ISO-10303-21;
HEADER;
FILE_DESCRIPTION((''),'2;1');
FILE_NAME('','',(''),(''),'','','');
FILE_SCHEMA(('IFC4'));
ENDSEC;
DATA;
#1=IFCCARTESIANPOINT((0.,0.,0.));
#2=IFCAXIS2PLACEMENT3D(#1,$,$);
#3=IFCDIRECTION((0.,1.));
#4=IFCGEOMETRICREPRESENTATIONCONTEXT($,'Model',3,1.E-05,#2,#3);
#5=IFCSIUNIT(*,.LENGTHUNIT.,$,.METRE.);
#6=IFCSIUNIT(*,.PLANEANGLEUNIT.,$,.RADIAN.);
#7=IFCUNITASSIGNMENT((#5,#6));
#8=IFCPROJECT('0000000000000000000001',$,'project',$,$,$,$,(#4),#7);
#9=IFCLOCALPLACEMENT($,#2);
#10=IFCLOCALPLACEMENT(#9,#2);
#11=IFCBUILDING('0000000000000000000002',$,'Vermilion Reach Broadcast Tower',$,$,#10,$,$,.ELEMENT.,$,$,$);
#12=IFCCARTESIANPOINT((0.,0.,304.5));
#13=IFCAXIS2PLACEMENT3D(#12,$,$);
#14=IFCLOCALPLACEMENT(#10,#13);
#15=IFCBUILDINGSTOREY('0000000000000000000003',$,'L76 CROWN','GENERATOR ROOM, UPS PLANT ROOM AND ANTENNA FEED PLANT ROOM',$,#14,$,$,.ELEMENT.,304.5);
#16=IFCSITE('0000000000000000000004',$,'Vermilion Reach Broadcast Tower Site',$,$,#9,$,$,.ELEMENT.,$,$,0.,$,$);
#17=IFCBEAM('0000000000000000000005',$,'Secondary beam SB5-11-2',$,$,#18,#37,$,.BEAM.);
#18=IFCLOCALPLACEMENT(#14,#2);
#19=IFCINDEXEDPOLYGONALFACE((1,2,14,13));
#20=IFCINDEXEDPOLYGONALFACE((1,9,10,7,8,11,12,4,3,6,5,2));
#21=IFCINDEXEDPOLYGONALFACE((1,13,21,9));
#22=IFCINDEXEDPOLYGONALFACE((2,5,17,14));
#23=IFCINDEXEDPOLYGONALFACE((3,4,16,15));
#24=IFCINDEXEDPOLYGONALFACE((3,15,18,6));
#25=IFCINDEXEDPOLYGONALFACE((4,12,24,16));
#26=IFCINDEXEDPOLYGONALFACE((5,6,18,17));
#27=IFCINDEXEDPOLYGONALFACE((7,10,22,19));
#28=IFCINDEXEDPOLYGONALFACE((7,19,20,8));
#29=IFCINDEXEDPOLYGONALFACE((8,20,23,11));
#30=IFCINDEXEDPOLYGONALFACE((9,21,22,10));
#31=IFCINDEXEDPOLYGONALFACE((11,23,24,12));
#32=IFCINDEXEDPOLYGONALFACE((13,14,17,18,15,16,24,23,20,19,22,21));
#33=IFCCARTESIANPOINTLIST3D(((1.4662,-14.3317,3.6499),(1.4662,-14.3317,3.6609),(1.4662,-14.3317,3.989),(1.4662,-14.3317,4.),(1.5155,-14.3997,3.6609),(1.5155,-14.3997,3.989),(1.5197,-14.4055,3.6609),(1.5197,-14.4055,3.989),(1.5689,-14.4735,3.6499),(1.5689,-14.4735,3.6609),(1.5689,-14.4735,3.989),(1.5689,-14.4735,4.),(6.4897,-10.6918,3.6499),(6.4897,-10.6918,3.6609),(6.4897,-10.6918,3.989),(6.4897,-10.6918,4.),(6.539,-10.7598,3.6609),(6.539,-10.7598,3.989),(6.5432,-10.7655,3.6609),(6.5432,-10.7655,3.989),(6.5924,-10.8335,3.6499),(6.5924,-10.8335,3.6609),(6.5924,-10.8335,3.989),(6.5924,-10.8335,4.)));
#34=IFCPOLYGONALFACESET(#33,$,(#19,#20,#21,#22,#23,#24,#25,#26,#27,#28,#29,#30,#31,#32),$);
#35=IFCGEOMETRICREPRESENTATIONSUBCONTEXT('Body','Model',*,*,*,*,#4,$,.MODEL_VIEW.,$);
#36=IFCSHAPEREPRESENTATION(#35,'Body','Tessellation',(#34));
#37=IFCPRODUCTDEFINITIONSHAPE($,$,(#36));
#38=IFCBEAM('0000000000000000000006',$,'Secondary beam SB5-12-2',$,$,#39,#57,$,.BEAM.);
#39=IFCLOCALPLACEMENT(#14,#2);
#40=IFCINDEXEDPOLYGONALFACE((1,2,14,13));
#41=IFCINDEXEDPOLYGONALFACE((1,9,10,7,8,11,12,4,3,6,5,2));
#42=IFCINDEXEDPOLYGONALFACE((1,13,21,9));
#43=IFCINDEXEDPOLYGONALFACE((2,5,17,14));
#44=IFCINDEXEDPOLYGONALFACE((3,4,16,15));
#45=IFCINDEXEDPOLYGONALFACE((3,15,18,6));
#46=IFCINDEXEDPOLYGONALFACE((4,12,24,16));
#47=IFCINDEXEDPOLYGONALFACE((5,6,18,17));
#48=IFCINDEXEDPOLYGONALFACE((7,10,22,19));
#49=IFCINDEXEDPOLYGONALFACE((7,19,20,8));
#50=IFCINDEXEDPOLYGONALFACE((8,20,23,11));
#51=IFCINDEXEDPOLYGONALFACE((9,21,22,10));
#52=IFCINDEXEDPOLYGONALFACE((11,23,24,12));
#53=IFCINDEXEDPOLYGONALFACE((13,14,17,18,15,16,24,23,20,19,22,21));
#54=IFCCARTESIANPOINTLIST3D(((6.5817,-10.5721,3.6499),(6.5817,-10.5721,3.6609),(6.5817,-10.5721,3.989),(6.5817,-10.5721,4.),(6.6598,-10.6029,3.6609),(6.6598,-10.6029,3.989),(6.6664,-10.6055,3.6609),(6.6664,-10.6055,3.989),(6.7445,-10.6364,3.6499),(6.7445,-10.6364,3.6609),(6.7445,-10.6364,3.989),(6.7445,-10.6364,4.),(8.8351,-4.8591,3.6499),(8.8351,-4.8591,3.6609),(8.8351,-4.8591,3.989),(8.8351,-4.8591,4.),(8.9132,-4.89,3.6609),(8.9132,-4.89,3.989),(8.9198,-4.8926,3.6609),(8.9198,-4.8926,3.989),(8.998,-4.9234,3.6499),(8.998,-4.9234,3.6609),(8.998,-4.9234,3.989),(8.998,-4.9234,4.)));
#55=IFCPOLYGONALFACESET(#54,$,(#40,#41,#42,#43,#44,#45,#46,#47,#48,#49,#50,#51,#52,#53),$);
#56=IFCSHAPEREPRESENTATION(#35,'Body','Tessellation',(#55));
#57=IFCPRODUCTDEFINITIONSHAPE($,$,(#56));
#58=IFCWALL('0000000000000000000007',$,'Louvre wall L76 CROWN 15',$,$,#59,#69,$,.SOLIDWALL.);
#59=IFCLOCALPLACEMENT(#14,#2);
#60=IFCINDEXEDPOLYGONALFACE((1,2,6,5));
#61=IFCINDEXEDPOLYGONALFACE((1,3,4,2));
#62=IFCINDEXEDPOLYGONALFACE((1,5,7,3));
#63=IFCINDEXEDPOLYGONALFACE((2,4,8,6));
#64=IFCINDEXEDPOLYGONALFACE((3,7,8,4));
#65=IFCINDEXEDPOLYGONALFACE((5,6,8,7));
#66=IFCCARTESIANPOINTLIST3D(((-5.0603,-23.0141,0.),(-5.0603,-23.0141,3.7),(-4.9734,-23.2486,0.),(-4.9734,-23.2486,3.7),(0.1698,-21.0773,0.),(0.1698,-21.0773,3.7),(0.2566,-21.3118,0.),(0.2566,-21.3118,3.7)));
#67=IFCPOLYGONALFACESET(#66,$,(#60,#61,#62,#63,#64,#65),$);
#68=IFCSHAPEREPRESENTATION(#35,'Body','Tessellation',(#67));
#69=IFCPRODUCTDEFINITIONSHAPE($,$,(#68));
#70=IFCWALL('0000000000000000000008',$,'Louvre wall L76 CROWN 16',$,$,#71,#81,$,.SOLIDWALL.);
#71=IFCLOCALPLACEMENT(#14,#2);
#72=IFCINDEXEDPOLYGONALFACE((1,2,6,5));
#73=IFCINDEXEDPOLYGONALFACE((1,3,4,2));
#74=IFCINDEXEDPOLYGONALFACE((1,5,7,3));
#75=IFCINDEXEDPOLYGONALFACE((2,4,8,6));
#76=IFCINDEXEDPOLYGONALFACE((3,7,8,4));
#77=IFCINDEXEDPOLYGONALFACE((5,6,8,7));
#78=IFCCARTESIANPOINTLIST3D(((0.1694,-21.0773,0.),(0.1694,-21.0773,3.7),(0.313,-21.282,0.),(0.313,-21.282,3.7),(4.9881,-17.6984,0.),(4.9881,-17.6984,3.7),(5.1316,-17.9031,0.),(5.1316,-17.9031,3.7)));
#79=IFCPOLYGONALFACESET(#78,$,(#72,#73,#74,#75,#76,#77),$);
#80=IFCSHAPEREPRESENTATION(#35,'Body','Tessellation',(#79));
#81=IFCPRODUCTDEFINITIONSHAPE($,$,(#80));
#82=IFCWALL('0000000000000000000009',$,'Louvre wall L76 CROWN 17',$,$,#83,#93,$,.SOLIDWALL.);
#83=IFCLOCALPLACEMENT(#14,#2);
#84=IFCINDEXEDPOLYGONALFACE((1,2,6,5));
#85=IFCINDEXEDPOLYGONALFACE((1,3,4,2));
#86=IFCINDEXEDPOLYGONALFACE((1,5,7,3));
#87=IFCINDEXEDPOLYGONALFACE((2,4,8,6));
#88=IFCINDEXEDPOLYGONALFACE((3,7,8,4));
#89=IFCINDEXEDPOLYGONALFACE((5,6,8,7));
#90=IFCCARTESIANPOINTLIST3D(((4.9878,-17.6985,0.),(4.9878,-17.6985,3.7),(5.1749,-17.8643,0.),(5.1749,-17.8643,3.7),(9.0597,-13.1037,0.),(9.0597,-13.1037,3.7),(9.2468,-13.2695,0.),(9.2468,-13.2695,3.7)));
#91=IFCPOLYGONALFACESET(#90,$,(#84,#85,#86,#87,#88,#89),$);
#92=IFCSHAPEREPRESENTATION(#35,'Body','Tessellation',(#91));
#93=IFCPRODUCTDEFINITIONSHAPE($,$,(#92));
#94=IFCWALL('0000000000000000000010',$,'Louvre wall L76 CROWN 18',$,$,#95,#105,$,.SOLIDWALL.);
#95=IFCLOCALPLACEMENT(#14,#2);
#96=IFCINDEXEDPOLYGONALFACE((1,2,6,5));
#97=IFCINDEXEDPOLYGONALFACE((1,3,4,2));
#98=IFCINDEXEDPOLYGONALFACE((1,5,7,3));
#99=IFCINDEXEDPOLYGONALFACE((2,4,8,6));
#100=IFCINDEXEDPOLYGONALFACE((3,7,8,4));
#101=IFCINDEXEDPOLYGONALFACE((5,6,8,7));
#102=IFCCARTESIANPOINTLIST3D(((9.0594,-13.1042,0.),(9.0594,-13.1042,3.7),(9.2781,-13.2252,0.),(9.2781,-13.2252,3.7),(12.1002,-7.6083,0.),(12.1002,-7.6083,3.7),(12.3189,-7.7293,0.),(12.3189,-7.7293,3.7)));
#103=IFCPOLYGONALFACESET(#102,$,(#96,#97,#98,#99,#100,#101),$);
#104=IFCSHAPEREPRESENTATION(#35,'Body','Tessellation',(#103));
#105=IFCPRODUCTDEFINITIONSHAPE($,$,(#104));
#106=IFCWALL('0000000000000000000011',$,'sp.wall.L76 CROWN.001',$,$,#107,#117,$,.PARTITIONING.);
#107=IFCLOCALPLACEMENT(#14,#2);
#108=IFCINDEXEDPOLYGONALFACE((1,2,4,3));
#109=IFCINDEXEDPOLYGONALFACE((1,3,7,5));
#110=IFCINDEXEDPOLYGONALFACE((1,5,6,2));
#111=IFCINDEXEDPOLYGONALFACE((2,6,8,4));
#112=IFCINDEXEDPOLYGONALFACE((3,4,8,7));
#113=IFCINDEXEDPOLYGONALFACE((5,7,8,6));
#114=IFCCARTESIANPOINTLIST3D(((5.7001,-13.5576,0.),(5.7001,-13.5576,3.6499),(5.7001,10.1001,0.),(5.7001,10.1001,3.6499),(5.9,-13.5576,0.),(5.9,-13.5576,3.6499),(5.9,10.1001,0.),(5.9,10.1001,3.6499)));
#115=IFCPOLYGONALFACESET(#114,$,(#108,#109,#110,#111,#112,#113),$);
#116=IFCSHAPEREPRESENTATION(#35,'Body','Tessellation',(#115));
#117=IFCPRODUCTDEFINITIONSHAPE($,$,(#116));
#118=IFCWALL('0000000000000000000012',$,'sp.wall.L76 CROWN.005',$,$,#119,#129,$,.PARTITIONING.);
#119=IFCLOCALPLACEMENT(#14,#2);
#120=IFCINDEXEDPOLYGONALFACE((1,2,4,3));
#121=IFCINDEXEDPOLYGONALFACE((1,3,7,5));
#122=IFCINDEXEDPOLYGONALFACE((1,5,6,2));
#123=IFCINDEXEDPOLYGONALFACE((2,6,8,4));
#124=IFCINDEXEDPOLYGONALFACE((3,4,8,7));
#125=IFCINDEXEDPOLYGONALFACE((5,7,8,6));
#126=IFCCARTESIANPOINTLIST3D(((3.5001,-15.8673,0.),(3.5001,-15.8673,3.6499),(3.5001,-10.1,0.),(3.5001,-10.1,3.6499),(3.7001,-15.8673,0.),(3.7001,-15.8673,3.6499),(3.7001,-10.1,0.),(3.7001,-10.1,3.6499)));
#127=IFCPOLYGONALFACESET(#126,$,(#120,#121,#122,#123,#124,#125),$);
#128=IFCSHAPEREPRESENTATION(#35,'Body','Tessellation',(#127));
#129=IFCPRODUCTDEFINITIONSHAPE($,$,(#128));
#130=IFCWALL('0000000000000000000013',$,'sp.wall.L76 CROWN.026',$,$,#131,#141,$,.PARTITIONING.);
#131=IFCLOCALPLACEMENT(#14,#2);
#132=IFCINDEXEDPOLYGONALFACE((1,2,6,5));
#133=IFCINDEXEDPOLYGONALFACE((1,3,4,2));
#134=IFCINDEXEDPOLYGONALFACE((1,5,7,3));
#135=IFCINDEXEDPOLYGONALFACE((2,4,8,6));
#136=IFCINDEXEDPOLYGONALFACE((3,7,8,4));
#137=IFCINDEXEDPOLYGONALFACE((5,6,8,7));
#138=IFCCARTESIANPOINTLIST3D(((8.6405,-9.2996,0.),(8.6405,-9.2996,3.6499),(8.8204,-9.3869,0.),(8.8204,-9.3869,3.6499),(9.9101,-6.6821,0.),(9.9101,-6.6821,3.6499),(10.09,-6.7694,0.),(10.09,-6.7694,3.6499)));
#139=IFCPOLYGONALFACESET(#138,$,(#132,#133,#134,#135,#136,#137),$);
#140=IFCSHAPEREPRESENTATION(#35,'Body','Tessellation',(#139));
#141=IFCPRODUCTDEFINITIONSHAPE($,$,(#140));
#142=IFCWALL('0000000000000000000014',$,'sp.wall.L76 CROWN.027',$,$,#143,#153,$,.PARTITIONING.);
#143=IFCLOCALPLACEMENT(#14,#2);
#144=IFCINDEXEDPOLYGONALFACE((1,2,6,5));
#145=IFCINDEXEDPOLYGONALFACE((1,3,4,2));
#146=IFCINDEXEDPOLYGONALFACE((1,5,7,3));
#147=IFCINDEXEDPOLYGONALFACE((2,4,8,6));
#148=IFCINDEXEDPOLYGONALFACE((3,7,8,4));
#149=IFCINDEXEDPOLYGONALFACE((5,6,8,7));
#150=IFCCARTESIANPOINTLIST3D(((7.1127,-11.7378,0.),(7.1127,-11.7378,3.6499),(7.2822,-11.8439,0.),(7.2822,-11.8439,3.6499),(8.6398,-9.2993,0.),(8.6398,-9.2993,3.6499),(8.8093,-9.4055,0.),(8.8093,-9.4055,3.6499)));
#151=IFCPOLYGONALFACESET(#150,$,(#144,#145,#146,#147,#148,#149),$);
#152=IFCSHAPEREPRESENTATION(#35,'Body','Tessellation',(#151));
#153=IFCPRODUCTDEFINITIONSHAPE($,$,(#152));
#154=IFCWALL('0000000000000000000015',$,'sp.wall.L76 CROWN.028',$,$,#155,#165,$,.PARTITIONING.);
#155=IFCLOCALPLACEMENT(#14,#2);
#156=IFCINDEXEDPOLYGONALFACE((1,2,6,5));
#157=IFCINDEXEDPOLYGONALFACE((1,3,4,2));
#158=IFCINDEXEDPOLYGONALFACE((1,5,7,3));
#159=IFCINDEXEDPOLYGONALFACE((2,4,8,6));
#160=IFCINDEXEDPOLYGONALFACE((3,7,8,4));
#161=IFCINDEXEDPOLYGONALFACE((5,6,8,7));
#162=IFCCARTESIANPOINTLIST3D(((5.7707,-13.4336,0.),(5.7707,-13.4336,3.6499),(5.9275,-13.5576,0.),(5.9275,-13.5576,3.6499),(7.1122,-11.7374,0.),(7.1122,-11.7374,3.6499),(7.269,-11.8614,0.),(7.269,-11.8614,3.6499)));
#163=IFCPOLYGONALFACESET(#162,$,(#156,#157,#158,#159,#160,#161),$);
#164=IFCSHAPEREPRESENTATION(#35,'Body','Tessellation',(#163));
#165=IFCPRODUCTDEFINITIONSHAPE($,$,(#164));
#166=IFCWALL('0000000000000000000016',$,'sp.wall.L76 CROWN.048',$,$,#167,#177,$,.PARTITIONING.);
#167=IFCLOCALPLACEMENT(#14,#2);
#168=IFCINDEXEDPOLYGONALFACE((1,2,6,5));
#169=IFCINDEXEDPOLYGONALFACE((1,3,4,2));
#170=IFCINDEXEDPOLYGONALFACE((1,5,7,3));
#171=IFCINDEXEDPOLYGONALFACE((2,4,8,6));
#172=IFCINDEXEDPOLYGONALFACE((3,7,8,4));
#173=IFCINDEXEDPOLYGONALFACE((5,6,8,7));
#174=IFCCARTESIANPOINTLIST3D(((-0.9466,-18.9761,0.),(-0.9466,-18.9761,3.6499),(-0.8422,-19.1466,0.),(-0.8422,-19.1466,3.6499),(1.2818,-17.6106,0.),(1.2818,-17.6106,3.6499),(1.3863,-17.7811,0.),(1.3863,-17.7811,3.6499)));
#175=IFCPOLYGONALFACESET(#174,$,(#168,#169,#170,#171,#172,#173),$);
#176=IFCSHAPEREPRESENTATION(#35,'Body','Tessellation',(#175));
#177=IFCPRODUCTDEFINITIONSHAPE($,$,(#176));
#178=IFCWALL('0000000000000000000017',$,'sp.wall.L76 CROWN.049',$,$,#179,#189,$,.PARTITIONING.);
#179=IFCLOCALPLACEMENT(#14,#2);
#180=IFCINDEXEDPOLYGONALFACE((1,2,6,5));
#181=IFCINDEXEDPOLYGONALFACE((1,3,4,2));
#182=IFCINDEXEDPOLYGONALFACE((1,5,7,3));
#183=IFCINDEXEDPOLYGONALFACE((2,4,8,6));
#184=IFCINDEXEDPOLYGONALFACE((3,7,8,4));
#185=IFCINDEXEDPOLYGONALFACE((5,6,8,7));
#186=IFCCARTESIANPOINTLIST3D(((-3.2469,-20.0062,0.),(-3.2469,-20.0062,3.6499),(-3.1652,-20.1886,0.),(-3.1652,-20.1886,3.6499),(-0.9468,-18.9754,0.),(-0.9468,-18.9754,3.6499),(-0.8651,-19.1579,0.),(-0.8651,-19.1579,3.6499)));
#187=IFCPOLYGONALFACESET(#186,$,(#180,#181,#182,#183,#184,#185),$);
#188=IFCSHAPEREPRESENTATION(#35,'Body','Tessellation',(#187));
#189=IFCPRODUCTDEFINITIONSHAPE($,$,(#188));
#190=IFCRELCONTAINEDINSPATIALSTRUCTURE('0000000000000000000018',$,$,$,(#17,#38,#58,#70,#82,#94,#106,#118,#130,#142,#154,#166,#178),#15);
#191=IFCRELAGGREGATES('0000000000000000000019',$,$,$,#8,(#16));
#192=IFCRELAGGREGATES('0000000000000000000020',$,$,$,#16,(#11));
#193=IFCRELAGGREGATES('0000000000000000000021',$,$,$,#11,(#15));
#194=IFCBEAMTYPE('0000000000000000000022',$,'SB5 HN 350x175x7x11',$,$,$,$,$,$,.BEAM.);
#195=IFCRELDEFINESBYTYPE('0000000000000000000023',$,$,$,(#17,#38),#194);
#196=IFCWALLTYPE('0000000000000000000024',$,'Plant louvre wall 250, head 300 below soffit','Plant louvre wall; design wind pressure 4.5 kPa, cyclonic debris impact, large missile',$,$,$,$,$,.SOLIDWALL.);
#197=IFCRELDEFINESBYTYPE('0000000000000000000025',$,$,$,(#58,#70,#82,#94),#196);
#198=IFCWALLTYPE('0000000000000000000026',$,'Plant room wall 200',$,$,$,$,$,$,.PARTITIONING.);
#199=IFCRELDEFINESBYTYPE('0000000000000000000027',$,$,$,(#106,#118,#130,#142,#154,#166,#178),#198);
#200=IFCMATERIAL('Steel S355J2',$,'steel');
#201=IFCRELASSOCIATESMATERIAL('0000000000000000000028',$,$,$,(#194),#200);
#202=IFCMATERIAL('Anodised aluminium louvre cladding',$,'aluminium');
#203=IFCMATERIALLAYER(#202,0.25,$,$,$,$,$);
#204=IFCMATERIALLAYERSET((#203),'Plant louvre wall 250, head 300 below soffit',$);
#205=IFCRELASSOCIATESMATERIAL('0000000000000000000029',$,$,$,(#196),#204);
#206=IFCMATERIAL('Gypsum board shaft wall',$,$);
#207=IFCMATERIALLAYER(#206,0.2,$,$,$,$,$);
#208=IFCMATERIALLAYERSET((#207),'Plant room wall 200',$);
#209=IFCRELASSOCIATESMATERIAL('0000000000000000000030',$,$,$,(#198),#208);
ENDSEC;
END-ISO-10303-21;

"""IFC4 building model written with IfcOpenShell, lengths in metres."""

from ifc_helpers import new_model, si_unit, direction, frame, frame_2d, origin, origin_2d, place, context, subcontext, project, spatial, rectangle, i_section, extrude, material, layer, layer_set, material_profile, profile_set, type_object, element, save


model = new_model("IFC4")

# Units and contexts
model_context = context("Model", 3, precision=1e-05, world=origin(), true_north=direction((0.0, 1.0)))
body_context = subcontext(model_context, "Body", "Model", "MODEL_VIEW")
ifc_project = project(units=[si_unit("LENGTHUNIT", "METRE"), si_unit("PLANEANGLEUNIT", "RADIAN")], contexts=[model_context])

# Site, building, storey
site_placement = place(None, origin())
site = spatial("IfcSite", under=ifc_project, at=site_placement, Name="Vermilion Reach Broadcast Tower Site", CompositionType="ELEMENT", RefElevation=0.0)
building_placement = place(site_placement, origin())
building = spatial("IfcBuilding", under=site, at=building_placement, Name="Vermilion Reach Broadcast Tower", CompositionType="ELEMENT")
storey_placement = place(building_placement, frame((0.0, 0.0, 304.5)))
storey = spatial("IfcBuildingStorey", under=building, at=storey_placement, Name="L76 CROWN", Description="GENERATOR ROOM, UPS PLANT ROOM AND ANTENNA FEED PLANT ROOM", CompositionType="ELEMENT", Elevation=304.5)

# Beams
ifc_material_1 = material(Name="Steel S355J2", Category="steel")
ifc_material_profile_1 = material_profile(ifc_material_1, i_section(OverallWidth=0.175, OverallDepth=0.3501, WebThickness=0.0071, FlangeThickness=0.011, at=origin_2d()), Name="S355J2 HN 350x175x7x11")
ifc_profile_set_1 = profile_set([ifc_material_profile_1], Name="Steel S355J2")
beam_type_1 = type_object("IfcBeamType", Name="SB5 HN 350x175x7x11", PredefinedType="BEAM", material=ifc_profile_set_1)
beam_1_placement = place(storey_placement, frame((1.5176, -14.4026, 3.825), z_axis=(0.809771, 0.586746, 0.0), x_axis=(-0.586746, 0.809771, 0.0)))
element("IfcBeam", 1, at=beam_1_placement, inside=storey, type_object=beam_type_1, Name="Secondary beam SB5-11-2", PredefinedType="BEAM", context=body_context, shape_type="SweptSolid", body=[
    extrude(i_section(OverallWidth=0.175, OverallDepth=0.3501, WebThickness=0.0071, FlangeThickness=0.011, at=origin_2d()), origin(), (0.0, 0.0, 1.0), 6.2036),
])
beam_2_placement = place(storey_placement, frame((6.6631, -10.6042, 3.825), z_axis=(0.366931, 0.930248, 0.0), x_axis=(-0.930248, 0.366931, 0.0)))
element("IfcBeam", 2, at=beam_2_placement, inside=storey, type_object=beam_type_1, Name="Secondary beam SB5-12-2", PredefinedType="BEAM", context=body_context, shape_type="SweptSolid", body=[
    extrude(i_section(OverallWidth=0.175, OverallDepth=0.3501, WebThickness=0.0071, FlangeThickness=0.011, at=origin_2d()), origin(), (0.0, 0.0, 1.0), 6.1414),
])

# Walls
ifc_material_2 = material(Name="Anodised aluminium louvre cladding", Category="aluminium")
ifc_layer_1 = layer(ifc_material_2, 0.25)
ifc_layer_set_1 = layer_set([ifc_layer_1], Name="Plant louvre wall 250, head 300 below soffit")
wall_type_1 = type_object("IfcWallType", Name="Plant louvre wall 250, head 300 below soffit", Description="Plant louvre wall; design wind pressure 4.5 kPa, cyclonic debris impact, large missile", PredefinedType="SOLIDWALL", material=ifc_layer_set_1)
wall_1_placement = place(storey_placement, frame((-5.0168, -23.1313, 0.0), z_axis=(0.0, 0.0, 1.0), x_axis=(0.937764, 0.347273, 0.0)))
element("IfcWall", 3, at=wall_1_placement, inside=storey, type_object=wall_type_1, Name="Louvre wall L76 CROWN 15", PredefinedType="SOLIDWALL", context=body_context, shape_type="SweptSolid", body=[
    extrude(rectangle(XDim=5.5771, YDim=0.25, at=frame_2d((2.7886, 0.0))), origin(), (0.0, 0.0, 1.0), 3.7),
])
wall_2_placement = place(storey_placement, frame((0.2412, -21.1797, 0.0), z_axis=(0.0, 0.0, 1.0), x_axis=(0.818762, 0.574133, 0.0)))
element("IfcWall", 4, at=wall_2_placement, inside=storey, type_object=wall_type_1, Name="Louvre wall L76 CROWN 16", PredefinedType="SOLIDWALL", context=body_context, shape_type="SweptSolid", body=[
    extrude(rectangle(XDim=5.8853, YDim=0.25, at=frame_2d((2.9426, 0.0))), origin(), (0.0, 0.0, 1.0), 3.7),
])
wall_3_placement = place(storey_placement, frame((5.0813, -17.7815, 0.0), z_axis=(0.0, 0.0, 1.0), x_axis=(0.663233, 0.748413, 0.0)))
element("IfcWall", 5, at=wall_3_placement, inside=storey, type_object=wall_type_1, Name="Louvre wall L76 CROWN 17", PredefinedType="SOLIDWALL", context=body_context, shape_type="SweptSolid", body=[
    extrude(rectangle(XDim=6.1394, YDim=0.25, at=frame_2d((3.0698, 0.0))), origin(), (0.0, 0.0, 1.0), 3.7),
])
wall_4_placement = place(storey_placement, frame((9.1687, -13.1648, 0.0), z_axis=(0.0, 0.0, 1.0), x_axis=(0.484124, 0.874999, 0.0)))
element("IfcWall", 6, at=wall_4_placement, inside=storey, type_object=wall_type_1, Name="Louvre wall L76 CROWN 18", PredefinedType="SOLIDWALL", context=body_context, shape_type="SweptSolid", body=[
    extrude(rectangle(XDim=6.281, YDim=0.25, at=frame_2d((3.1406, 0.0))), origin(), (0.0, 0.0, 1.0), 3.7),
])
ifc_material_3 = material(Name="Gypsum board shaft wall")
ifc_layer_2 = layer(ifc_material_3, 0.2)
ifc_layer_set_2 = layer_set([ifc_layer_2], Name="Plant room wall 200")
wall_type_2 = type_object("IfcWallType", Name="Plant room wall 200", PredefinedType="PARTITIONING", material=ifc_layer_set_2)
wall_5_placement = place(storey_placement, frame((5.8, -13.5576, 0.0), z_axis=(0.0, 0.0, 1.0), x_axis=(0.0, 1.0, 0.0)))
element("IfcWall", 7, at=wall_5_placement, inside=storey, type_object=wall_type_2, Name="sp.wall.L76 CROWN.001", PredefinedType="PARTITIONING", context=body_context, shape_type="SweptSolid", body=[
    extrude(rectangle(XDim=23.6577, YDim=0.2, at=frame_2d((11.8289, 0.0))), origin(), (0.0, 0.0, 1.0), 3.6499),
])
wall_6_placement = place(storey_placement, frame((3.6001, -15.8674, 0.0), z_axis=(0.0, 0.0, 1.0), x_axis=(0.0, 1.0, 0.0)))
element("IfcWall", 8, at=wall_6_placement, inside=storey, type_object=wall_type_2, Name="sp.wall.L76 CROWN.005", PredefinedType="PARTITIONING", context=body_context, shape_type="SweptSolid", body=[
    extrude(rectangle(XDim=5.7673, YDim=0.2, at=frame_2d((2.8838, 0.0))), origin(), (0.0, 0.0, 1.0), 3.6499),
])
wall_7_placement = place(storey_placement, frame((8.7305, -9.3433, 0.0), z_axis=(0.0, 0.0, 1.0), x_axis=(0.436405, 0.89975, 0.0)))
element("IfcWall", 9, at=wall_7_placement, inside=storey, type_object=wall_type_2, Name="sp.wall.L76 CROWN.026", PredefinedType="PARTITIONING", context=body_context, shape_type="SweptSolid", body=[
    extrude(rectangle(XDim=2.9092, YDim=0.2, at=frame_2d((1.4546, 0.0))), origin(), (0.0, 0.0, 1.0), 3.6499),
])
wall_8_placement = place(storey_placement, frame((7.1975, -11.7908, 0.0), z_axis=(0.0, 0.0, 1.0), x_axis=(0.530761, 0.847521, 0.0)))
element("IfcWall", 10, at=wall_8_placement, inside=storey, type_object=wall_type_2, Name="sp.wall.L76 CROWN.027", PredefinedType="PARTITIONING", context=body_context, shape_type="SweptSolid", body=[
    extrude(rectangle(XDim=2.8772, YDim=0.2, at=frame_2d((1.4385, 0.0))), origin(), (0.0, 0.0, 1.0), 3.6499),
])
wall_9_placement = place(storey_placement, frame((5.8491, -13.4956, 0.0), z_axis=(0.0, 0.0, 1.0), x_axis=(0.620321, 0.784348, 0.0)))
element("IfcWall", 11, at=wall_9_placement, inside=storey, type_object=wall_type_2, Name="sp.wall.L76 CROWN.028", PredefinedType="PARTITIONING", context=body_context, shape_type="SweptSolid", body=[
    extrude(rectangle(XDim=2.1626, YDim=0.2, at=frame_2d((1.0813, 0.0))), origin(), (0.0, 0.0, 1.0), 3.6499),
])
wall_10_placement = place(storey_placement, frame((-0.8943, -19.0613, 0.0), z_axis=(0.0, 0.0, 1.0), x_axis=(0.852667, 0.522455, 0.0)))
element("IfcWall", 12, at=wall_10_placement, inside=storey, type_object=wall_type_2, Name="sp.wall.L76 CROWN.048", PredefinedType="PARTITIONING", context=body_context, shape_type="SweptSolid", body=[
    extrude(rectangle(XDim=2.6135, YDim=0.2, at=frame_2d((1.3066, 0.0))), origin(), (0.0, 0.0, 1.0), 3.6499),
])
wall_11_placement = place(storey_placement, frame((-3.2061, -20.0974, 0.0), z_axis=(0.0, 0.0, 1.0), x_axis=(0.912553, 0.408959, 0.0)))
element("IfcWall", 13, at=wall_11_placement, inside=storey, type_object=wall_type_2, Name="sp.wall.L76 CROWN.049", PredefinedType="PARTITIONING", context=body_context, shape_type="SweptSolid", body=[
    extrude(rectangle(XDim=2.5205, YDim=0.2, at=frame_2d((1.2603, 0.0))), origin(), (0.0, 0.0, 1.0), 3.6499),
])

save(model, "model.ifc")
